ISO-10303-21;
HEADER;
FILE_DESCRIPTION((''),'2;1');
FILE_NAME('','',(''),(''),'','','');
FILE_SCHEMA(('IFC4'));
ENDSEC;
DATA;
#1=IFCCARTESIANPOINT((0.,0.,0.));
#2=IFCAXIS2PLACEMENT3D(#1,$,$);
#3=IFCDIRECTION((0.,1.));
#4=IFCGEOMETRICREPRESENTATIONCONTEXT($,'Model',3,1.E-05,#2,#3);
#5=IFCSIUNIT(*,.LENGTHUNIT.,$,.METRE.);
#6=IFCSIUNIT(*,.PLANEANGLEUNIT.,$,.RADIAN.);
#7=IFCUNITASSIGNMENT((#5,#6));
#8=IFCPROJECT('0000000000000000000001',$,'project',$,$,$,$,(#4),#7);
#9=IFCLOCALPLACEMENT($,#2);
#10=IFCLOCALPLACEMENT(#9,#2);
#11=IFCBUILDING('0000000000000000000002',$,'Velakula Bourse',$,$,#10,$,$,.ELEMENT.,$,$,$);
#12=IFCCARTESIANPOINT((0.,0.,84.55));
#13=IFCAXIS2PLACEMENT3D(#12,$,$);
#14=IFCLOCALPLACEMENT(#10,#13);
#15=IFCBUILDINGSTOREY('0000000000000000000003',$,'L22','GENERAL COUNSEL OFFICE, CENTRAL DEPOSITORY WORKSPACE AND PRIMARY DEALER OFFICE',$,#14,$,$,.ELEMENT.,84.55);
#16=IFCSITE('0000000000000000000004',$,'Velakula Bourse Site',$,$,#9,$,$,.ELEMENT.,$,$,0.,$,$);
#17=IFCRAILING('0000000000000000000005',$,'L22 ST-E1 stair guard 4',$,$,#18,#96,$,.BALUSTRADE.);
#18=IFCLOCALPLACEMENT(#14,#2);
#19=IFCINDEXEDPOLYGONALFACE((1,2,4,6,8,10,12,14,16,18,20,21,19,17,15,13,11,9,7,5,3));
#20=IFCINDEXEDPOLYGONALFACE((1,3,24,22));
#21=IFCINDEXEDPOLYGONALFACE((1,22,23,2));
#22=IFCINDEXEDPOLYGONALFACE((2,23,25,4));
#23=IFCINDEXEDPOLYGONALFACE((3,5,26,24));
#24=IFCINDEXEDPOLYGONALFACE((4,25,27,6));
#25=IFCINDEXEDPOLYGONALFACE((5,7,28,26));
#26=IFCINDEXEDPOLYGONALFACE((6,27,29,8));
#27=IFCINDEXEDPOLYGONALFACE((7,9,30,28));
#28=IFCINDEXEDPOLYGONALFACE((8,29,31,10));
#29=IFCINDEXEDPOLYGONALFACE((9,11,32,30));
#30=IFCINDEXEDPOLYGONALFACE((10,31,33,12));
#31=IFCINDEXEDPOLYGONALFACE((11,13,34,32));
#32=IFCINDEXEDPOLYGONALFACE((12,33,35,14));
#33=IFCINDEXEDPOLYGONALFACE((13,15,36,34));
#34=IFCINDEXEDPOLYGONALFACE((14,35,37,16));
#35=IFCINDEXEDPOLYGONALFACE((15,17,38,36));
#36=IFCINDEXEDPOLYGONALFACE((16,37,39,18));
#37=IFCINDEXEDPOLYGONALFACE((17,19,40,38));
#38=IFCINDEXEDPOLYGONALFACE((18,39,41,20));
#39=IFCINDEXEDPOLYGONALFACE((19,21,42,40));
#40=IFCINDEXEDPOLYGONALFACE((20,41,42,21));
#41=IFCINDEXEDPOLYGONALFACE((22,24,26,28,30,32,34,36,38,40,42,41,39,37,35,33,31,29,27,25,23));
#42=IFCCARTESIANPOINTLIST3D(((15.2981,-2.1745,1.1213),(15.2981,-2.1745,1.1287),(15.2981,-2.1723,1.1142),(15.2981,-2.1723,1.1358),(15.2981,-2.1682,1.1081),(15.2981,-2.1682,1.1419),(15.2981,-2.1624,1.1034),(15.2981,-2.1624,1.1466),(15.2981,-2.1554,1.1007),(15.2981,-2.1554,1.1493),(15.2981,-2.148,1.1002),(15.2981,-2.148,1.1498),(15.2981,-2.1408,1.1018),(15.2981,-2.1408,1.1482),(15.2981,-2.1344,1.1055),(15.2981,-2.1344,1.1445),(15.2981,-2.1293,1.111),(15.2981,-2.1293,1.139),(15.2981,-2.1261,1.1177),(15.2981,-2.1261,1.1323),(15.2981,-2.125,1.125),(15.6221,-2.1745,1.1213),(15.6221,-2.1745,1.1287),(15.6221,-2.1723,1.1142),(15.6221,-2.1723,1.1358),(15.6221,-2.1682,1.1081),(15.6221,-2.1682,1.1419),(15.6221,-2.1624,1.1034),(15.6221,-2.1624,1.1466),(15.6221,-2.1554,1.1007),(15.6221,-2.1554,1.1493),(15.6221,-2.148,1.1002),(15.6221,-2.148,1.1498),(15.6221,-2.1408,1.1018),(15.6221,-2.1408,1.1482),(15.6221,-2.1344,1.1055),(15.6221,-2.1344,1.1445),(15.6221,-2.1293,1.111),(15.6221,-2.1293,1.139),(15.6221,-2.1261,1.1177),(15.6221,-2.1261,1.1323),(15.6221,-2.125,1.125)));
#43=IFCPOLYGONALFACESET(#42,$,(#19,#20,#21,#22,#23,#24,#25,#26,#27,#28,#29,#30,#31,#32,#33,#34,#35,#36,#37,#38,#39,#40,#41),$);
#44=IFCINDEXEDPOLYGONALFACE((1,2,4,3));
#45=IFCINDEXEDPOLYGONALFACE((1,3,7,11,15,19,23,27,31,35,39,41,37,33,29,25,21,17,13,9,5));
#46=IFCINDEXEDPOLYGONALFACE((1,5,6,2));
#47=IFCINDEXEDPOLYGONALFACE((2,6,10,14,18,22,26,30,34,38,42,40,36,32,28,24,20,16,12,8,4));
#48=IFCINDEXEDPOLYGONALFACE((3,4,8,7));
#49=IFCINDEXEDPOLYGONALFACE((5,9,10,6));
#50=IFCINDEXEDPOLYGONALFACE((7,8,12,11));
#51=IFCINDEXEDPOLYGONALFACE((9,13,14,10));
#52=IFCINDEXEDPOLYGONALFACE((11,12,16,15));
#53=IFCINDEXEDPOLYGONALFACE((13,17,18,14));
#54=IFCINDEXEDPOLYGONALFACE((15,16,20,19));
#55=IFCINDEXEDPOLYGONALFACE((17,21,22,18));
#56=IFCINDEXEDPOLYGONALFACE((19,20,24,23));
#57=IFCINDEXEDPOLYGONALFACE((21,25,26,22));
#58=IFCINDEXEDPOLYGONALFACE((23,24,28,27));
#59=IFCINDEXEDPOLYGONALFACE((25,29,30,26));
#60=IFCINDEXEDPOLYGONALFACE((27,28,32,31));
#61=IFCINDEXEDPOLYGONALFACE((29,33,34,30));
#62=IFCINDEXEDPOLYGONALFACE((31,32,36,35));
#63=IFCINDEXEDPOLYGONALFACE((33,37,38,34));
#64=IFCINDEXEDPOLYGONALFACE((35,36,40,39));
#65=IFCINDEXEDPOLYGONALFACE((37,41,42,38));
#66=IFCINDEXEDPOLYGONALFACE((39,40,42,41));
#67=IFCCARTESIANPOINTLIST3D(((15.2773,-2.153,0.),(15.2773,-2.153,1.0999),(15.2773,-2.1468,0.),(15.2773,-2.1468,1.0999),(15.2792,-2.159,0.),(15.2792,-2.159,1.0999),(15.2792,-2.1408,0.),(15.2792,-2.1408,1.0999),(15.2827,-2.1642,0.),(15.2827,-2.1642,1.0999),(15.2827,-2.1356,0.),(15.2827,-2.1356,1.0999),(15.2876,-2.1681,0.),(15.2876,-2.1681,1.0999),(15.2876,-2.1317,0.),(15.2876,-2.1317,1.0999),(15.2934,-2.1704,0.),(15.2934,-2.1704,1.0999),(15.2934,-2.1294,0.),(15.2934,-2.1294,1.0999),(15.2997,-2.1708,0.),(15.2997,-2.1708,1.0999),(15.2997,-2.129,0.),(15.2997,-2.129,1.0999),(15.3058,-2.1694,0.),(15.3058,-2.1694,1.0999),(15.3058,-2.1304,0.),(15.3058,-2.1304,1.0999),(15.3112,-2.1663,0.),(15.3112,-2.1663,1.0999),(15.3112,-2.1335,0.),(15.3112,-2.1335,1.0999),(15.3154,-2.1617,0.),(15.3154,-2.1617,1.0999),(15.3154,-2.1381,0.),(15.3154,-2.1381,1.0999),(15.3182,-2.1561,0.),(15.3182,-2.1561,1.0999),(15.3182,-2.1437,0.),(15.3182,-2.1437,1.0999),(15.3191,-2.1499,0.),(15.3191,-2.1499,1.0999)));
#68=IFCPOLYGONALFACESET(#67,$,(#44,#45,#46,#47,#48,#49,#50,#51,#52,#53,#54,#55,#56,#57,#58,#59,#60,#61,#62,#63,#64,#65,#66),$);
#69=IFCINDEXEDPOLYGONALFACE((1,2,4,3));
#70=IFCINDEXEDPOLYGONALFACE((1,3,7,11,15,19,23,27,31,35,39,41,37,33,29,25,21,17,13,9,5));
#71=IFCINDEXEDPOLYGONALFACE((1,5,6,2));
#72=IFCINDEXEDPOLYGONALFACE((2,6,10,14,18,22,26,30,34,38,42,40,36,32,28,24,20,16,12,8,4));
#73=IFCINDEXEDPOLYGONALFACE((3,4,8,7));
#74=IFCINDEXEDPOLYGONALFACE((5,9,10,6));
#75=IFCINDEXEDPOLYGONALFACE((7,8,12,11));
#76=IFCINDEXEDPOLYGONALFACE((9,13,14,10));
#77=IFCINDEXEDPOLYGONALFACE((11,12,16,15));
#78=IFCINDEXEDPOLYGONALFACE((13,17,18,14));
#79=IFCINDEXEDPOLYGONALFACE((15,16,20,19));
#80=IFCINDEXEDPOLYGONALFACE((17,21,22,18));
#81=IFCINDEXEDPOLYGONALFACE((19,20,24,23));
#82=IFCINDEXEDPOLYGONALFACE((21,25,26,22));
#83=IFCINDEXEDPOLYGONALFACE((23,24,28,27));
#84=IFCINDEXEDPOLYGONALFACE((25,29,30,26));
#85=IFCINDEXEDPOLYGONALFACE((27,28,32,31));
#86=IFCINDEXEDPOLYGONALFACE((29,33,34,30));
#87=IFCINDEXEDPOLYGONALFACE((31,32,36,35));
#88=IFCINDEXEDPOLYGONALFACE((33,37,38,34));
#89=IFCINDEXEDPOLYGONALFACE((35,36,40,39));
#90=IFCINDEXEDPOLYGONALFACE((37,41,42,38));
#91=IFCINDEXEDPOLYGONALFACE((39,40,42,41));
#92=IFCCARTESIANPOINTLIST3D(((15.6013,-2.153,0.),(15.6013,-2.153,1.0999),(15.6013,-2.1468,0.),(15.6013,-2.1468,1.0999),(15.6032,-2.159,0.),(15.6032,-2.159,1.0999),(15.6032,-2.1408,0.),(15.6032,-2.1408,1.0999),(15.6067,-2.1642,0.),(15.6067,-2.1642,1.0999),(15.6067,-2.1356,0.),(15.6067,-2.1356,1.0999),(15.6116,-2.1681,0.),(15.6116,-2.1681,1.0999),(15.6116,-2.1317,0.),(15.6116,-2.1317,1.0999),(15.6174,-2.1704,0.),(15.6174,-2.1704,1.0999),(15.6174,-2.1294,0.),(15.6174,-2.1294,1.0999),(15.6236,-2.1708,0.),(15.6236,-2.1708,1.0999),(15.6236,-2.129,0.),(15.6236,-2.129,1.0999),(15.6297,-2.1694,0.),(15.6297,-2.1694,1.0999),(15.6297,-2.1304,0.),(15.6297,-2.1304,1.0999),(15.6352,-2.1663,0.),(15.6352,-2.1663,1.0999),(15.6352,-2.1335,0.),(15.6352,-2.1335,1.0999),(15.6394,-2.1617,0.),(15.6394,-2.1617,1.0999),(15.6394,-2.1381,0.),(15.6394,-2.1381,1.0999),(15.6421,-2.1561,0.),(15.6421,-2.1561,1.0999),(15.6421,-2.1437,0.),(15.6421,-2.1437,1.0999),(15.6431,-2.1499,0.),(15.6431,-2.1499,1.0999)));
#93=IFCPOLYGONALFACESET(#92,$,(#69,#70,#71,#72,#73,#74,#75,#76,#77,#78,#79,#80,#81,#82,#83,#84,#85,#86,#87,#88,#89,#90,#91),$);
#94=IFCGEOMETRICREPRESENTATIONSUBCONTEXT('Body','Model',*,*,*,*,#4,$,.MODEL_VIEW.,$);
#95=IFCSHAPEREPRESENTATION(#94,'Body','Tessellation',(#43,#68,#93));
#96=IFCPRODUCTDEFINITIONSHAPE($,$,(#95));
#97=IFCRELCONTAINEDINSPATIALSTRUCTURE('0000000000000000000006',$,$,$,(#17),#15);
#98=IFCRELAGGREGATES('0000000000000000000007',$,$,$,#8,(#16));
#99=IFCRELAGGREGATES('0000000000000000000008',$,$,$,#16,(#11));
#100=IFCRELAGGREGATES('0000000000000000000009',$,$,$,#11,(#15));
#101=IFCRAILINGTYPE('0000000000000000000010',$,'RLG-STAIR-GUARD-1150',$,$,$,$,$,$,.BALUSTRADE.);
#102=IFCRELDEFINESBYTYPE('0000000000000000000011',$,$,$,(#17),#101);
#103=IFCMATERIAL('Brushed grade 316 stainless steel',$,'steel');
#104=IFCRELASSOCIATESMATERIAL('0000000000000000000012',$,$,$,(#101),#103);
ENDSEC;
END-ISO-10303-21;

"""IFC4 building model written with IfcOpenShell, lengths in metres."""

from ifc_helpers import new_model, si_unit, direction, frame, origin, origin_2d, place, context, subcontext, project, spatial, circle, extrude, material, type_object, element, save


model = new_model("IFC4")

# Units and contexts
model_context = context("Model", 3, precision=1e-05, world=origin(), true_north=direction((0.0, 1.0)))
body_context = subcontext(model_context, "Body", "Model", "MODEL_VIEW")
ifc_project = project(units=[si_unit("LENGTHUNIT", "METRE"), si_unit("PLANEANGLEUNIT", "RADIAN")], contexts=[model_context])

# Site, building, storey
site_placement = place(None, origin())
site = spatial("IfcSite", under=ifc_project, at=site_placement, Name="Velakula Bourse Site", CompositionType="ELEMENT", RefElevation=0.0)
building_placement = place(site_placement, origin())
building = spatial("IfcBuilding", under=site, at=building_placement, Name="Velakula Bourse", CompositionType="ELEMENT")
storey_placement = place(building_placement, frame((0.0, 0.0, 84.55)))
storey = spatial("IfcBuildingStorey", under=building, at=storey_placement, Name="L22", Description="GENERAL COUNSEL OFFICE, CENTRAL DEPOSITORY WORKSPACE AND PRIMARY DEALER OFFICE", CompositionType="ELEMENT", Elevation=84.55)

# Railing
ifc_material_1 = material(Name="Brushed grade 316 stainless steel", Category="steel")
railing_type_1 = type_object("IfcRailingType", Name="RLG-STAIR-GUARD-1150", PredefinedType="BALUSTRADE", material=ifc_material_1)
railing_1_placement = place(storey_placement, frame((15.2981, -2.1499, 0.0)))
element("IfcRailing", 1, at=railing_1_placement, inside=storey, type_object=railing_type_1, Name="L22 ST-E1 stair guard 4", PredefinedType="BALUSTRADE", context=body_context, shape_type="SweptSolid", body=[
    extrude(circle(Radius=0.0249, at=origin_2d()), frame((0.0, 0.0, 1.125), z_axis=(1.0, 0.0, 0.0), x_axis=(0.0, 1.0, 0.0)), (0.0, 0.0, 1.0), 0.324),
    extrude(circle(Radius=0.021, at=origin_2d()), origin(), (0.0, 0.0, 1.0), 1.0999),
    extrude(circle(Radius=0.021, at=origin_2d()), frame((0.324, 0.0, 0.0)), (0.0, 0.0, 1.0), 1.0999),
])

save(model, "model.ifc")
